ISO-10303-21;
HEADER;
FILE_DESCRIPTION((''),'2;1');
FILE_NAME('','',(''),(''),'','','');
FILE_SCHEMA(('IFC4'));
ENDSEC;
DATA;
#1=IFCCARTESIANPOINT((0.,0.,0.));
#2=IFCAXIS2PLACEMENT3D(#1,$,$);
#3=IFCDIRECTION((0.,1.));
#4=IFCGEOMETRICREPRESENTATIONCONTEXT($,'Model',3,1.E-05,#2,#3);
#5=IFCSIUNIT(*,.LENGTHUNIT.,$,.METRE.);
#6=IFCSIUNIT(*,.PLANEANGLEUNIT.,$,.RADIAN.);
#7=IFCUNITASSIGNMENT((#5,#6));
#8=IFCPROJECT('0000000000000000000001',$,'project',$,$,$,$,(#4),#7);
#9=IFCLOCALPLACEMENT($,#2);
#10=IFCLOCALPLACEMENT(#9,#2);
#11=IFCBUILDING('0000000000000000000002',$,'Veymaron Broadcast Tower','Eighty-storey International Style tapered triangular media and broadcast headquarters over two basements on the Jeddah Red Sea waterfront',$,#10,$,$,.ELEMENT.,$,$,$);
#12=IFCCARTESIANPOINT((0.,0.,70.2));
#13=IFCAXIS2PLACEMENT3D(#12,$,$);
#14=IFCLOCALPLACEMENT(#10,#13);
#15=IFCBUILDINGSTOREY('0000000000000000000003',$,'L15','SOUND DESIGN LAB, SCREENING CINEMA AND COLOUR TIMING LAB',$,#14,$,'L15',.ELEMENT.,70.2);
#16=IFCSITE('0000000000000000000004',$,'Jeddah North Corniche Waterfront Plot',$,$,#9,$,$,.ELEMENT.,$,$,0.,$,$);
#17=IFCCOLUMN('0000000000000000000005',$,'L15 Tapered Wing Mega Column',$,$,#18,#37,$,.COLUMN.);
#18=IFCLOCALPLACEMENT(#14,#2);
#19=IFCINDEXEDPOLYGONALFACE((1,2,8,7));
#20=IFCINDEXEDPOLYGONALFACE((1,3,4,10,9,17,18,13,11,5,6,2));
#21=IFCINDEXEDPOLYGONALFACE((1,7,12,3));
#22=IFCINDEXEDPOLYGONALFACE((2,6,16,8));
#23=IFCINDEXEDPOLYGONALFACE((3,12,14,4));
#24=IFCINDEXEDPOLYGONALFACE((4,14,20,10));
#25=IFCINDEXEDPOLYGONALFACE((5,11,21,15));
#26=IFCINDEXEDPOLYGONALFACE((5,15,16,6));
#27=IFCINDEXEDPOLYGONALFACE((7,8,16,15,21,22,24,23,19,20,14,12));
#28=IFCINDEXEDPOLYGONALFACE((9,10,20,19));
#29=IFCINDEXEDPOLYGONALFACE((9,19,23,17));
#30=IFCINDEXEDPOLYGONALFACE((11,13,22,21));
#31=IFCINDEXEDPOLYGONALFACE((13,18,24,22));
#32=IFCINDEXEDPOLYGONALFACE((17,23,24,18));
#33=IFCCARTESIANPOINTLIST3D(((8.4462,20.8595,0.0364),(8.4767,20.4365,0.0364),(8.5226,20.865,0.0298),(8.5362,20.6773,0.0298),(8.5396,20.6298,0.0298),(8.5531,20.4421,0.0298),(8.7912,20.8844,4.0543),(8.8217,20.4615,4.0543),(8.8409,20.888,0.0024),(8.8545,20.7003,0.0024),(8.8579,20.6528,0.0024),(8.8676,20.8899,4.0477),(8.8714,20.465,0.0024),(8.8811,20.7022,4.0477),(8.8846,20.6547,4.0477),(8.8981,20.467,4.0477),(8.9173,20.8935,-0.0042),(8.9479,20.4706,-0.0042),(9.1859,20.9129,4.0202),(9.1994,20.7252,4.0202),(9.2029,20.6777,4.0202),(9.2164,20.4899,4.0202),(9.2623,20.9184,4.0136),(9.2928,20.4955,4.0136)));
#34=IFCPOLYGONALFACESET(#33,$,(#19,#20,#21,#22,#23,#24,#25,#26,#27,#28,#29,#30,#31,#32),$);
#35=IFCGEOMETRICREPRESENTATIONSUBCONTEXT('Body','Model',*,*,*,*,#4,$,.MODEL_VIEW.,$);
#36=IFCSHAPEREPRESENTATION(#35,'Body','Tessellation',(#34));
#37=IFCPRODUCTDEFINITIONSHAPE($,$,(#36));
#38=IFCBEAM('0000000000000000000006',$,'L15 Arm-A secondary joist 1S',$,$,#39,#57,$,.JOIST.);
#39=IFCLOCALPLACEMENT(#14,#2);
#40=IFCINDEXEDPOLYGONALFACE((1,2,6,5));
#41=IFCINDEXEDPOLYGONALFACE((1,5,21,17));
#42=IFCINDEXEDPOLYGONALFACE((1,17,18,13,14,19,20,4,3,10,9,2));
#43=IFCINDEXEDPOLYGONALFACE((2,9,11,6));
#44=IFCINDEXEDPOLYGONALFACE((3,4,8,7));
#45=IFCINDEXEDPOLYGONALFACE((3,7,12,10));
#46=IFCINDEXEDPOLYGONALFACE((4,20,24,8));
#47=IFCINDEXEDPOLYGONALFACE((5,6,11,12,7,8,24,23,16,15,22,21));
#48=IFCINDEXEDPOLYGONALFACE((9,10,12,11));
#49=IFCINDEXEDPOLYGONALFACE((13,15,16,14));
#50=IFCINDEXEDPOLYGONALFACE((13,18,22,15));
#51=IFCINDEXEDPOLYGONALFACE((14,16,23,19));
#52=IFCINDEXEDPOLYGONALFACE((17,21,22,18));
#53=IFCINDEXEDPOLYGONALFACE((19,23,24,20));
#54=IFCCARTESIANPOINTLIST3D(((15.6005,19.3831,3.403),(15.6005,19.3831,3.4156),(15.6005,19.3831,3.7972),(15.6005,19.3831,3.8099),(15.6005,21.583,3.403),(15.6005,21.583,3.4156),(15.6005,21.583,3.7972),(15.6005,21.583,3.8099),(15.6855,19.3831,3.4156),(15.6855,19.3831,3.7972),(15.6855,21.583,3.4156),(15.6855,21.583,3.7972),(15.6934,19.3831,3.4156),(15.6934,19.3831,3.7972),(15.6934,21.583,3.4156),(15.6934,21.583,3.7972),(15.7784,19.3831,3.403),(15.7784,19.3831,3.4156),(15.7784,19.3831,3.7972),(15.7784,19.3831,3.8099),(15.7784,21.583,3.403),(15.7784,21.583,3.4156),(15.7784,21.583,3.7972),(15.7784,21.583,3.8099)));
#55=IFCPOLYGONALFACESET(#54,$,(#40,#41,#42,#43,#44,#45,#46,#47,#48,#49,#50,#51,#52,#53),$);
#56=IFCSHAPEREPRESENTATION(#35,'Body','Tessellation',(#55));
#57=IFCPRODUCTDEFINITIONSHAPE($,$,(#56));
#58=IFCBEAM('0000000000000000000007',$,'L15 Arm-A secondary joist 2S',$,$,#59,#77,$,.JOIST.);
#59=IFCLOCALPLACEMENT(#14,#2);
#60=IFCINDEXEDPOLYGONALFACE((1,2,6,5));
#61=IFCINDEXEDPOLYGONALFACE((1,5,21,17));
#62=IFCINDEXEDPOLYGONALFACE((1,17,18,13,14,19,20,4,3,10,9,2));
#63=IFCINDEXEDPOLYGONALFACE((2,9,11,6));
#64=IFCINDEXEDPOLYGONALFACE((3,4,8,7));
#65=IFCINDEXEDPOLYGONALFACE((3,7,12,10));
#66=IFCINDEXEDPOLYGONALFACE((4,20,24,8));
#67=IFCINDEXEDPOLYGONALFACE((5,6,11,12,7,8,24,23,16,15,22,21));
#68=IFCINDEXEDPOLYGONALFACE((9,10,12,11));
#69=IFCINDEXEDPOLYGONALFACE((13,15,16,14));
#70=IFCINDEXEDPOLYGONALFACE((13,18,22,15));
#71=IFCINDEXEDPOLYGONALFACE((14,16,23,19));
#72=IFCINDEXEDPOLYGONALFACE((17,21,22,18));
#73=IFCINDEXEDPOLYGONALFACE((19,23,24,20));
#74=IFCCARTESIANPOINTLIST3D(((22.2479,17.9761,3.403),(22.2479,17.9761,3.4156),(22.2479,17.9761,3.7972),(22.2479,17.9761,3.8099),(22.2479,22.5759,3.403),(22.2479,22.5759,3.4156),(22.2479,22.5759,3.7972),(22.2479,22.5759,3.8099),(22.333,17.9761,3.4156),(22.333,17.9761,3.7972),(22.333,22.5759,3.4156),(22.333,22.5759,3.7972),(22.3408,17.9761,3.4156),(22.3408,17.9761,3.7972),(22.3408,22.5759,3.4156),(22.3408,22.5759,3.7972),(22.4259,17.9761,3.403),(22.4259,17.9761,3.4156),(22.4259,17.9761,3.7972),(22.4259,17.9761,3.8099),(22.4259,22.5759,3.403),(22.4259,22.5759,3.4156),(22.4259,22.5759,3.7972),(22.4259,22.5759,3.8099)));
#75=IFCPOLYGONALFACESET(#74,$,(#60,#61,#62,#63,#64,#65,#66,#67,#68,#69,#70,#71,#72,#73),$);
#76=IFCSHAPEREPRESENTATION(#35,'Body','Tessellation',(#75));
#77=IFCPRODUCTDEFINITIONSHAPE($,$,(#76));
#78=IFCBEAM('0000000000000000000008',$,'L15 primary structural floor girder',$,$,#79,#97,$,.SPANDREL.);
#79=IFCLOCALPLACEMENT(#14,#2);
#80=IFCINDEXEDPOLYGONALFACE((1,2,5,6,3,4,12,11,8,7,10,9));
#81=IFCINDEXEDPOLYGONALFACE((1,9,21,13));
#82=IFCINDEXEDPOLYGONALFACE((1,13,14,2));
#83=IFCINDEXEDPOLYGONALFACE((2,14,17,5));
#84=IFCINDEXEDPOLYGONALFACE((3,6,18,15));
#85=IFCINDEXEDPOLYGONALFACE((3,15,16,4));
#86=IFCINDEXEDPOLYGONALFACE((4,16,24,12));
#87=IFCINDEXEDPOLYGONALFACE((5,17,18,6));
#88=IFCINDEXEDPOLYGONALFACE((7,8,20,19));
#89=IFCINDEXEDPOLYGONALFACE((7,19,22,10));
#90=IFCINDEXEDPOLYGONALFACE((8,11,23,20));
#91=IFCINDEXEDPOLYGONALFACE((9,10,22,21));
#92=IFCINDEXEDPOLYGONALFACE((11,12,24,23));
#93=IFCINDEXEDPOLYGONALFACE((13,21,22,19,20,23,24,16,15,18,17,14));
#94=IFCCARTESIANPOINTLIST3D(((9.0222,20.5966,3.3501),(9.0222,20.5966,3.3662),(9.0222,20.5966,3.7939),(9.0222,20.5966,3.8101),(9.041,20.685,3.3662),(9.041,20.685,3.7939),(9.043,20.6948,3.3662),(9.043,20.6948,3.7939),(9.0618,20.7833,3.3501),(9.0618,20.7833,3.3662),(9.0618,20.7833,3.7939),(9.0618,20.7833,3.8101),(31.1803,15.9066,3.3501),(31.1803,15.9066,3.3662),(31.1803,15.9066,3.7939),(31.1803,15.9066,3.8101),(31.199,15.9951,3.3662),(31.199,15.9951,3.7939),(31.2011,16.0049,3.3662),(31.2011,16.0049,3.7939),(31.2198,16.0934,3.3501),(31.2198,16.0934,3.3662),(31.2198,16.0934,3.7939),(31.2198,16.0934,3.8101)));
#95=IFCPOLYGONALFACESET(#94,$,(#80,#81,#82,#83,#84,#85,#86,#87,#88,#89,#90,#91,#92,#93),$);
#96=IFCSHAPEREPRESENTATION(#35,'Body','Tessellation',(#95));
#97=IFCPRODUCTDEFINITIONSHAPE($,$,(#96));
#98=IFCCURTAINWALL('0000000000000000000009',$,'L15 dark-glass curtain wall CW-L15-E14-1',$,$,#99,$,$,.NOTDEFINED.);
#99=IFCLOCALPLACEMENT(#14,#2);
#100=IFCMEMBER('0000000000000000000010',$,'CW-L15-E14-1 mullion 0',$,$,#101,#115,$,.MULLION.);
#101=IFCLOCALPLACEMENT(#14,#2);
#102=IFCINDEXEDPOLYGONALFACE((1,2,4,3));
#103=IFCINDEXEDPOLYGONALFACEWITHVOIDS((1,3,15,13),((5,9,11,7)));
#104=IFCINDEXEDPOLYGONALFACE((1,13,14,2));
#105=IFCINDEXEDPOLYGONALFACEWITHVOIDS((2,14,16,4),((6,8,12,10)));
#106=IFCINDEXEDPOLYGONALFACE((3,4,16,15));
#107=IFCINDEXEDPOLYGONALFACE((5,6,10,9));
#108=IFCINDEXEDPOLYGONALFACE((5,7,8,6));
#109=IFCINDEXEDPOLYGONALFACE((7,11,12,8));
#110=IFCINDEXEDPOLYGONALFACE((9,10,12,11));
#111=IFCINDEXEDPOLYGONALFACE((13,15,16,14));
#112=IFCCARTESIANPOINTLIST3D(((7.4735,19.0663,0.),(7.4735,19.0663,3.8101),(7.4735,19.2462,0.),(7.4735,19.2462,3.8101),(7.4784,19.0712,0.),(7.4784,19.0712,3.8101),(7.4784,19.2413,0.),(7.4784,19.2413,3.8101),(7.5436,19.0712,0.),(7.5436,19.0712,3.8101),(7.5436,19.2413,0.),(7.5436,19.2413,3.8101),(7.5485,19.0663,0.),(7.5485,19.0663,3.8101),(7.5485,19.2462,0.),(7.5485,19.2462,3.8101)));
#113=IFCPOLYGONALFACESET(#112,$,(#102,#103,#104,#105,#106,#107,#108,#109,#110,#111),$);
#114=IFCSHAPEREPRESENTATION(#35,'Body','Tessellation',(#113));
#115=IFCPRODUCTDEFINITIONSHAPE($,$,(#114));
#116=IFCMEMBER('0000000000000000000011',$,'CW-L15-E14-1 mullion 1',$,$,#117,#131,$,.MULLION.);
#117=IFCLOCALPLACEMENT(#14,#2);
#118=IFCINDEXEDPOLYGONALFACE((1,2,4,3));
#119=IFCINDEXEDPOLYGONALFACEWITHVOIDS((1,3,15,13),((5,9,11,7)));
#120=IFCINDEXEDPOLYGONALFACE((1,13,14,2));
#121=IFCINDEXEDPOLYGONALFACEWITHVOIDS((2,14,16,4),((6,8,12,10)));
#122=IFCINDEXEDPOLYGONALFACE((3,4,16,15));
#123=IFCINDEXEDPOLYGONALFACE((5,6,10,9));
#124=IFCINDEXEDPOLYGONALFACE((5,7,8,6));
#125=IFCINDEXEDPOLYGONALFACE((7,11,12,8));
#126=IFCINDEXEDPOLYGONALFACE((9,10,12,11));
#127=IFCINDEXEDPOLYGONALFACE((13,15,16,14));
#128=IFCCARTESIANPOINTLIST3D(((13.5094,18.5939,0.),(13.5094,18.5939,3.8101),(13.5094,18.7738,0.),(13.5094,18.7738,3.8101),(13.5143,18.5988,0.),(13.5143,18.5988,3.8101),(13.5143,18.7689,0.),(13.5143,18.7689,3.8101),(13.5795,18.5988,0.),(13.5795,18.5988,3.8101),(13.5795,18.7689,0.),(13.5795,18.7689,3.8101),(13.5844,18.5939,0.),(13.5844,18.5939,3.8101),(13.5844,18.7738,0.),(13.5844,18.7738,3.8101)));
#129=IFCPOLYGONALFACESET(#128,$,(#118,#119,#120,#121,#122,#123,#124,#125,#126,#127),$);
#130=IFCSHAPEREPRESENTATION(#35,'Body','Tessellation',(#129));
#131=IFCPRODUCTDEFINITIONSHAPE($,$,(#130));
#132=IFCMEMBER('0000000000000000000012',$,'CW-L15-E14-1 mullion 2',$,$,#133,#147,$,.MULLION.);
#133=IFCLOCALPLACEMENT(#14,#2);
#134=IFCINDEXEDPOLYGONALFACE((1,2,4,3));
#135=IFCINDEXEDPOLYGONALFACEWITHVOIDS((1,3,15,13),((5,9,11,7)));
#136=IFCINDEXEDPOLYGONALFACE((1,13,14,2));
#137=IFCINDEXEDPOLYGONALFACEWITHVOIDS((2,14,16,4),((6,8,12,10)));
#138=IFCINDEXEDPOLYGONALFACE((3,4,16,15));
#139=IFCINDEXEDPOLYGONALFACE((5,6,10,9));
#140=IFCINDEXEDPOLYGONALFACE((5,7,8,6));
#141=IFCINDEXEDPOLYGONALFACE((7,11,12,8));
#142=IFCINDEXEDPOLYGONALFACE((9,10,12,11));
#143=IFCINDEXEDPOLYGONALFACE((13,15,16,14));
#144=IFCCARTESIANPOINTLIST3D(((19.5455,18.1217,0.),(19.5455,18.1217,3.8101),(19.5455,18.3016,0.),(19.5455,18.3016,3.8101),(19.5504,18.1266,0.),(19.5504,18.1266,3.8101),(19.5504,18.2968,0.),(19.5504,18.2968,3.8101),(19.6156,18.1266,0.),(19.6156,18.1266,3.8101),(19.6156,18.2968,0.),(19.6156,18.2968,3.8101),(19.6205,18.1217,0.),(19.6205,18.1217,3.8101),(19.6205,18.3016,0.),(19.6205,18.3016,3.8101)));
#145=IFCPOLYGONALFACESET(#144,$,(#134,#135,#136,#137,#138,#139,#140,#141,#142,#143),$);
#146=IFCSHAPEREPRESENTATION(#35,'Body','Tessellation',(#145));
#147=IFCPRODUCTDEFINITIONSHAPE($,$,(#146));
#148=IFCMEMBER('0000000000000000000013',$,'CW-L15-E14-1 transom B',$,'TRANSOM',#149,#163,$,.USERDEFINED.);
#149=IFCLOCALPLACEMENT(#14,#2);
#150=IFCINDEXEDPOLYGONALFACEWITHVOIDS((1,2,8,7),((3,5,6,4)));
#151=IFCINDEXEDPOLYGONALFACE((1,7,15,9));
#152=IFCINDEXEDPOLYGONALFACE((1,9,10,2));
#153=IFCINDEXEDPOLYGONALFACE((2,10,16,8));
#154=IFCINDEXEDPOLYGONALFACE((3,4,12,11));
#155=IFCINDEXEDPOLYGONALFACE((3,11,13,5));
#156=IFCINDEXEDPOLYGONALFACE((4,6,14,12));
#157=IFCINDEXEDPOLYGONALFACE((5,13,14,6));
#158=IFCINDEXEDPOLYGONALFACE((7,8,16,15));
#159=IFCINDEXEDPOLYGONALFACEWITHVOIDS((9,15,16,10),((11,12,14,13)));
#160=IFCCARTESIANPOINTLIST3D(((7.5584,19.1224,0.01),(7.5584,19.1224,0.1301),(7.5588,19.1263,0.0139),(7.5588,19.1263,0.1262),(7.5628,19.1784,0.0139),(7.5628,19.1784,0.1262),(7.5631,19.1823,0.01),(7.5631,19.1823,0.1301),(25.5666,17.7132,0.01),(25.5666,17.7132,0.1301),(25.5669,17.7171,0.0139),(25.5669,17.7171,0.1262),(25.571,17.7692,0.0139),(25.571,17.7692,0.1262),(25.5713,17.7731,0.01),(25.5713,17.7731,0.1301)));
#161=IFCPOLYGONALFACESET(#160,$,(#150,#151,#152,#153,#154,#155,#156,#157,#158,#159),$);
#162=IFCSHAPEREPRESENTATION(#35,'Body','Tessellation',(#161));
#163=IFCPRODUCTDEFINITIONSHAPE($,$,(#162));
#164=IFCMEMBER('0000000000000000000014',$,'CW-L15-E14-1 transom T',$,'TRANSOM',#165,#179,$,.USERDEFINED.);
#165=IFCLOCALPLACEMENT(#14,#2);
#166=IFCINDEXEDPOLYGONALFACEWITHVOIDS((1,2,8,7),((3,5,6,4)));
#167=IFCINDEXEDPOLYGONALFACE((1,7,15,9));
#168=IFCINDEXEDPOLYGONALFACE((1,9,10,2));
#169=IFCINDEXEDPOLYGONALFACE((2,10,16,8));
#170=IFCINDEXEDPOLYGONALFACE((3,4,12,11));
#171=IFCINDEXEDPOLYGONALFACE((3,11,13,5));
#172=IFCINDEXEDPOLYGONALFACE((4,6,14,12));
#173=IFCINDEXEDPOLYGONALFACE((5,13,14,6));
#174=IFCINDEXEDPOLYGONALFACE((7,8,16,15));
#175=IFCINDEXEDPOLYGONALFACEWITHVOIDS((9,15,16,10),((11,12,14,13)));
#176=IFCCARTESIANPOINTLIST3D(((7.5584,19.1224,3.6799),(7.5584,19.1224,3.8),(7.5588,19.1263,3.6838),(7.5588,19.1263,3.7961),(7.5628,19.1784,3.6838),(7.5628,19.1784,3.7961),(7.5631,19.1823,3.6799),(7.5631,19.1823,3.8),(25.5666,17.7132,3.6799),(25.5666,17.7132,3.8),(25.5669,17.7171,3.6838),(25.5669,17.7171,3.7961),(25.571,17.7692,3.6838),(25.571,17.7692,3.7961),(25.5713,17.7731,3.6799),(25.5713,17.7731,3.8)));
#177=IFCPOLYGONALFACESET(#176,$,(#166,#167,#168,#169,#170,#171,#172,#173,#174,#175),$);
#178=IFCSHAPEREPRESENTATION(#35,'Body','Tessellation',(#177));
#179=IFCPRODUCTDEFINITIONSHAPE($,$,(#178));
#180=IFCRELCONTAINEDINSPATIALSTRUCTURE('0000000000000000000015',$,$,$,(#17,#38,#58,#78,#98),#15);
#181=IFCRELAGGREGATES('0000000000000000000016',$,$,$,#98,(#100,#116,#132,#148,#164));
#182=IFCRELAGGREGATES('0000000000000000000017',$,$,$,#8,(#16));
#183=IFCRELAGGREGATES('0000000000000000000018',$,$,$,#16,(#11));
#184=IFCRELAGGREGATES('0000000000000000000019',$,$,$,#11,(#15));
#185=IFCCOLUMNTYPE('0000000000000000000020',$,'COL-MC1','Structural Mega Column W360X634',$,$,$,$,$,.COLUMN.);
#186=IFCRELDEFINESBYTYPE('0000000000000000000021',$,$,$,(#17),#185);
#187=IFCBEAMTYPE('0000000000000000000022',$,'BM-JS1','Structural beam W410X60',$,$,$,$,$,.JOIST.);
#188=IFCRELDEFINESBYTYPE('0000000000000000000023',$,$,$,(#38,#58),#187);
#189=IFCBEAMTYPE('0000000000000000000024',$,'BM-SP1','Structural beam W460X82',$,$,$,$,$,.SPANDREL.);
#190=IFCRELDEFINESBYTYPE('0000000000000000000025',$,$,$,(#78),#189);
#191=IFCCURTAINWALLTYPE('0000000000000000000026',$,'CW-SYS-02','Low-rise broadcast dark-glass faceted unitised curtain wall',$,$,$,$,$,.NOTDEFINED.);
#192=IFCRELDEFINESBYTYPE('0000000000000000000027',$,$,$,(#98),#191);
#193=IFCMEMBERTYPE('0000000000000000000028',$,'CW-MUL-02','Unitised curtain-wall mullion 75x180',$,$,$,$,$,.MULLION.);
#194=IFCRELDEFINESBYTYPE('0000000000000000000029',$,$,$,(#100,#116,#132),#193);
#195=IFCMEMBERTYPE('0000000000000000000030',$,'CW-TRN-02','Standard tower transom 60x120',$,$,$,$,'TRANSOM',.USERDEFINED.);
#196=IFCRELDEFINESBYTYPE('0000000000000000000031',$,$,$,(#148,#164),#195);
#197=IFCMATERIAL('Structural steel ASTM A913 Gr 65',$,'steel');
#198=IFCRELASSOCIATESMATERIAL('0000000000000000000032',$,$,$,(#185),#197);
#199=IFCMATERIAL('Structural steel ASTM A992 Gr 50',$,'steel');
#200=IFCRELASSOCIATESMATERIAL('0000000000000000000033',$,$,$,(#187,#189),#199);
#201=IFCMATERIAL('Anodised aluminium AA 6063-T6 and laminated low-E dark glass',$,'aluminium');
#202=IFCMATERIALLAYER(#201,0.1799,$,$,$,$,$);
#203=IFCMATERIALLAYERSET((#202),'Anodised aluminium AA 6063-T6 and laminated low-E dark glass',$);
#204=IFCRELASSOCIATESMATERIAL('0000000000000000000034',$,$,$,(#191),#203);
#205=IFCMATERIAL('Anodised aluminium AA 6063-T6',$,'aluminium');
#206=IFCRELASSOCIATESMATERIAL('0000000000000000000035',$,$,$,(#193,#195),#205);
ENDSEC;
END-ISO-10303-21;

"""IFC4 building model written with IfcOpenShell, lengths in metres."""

from ifc_helpers import new_model, si_unit, direction, frame, origin, origin_2d, place, context, subcontext, project, spatial, hollow_rectangle, i_section, extrude, material, layer, layer_set, material_profile, profile_set, type_object, element, aggregate, save


model = new_model("IFC4")

# Units and contexts
model_context = context("Model", 3, precision=1e-05, world=origin(), true_north=direction((0.0, 1.0)))
body_context = subcontext(model_context, "Body", "Model", "MODEL_VIEW")
ifc_project = project(units=[si_unit("LENGTHUNIT", "METRE"), si_unit("PLANEANGLEUNIT", "RADIAN")], contexts=[model_context])

# Site, building, storey
site_placement = place(None, origin())
site = spatial("IfcSite", under=ifc_project, at=site_placement, Name="Jeddah North Corniche Waterfront Plot", CompositionType="ELEMENT", RefElevation=0.0)
building_placement = place(site_placement, origin())
building = spatial("IfcBuilding", under=site, at=building_placement, Name="Veymaron Broadcast Tower", Description="Eighty-storey International Style tapered triangular media and broadcast headquarters over two basements on the Jeddah Red Sea waterfront", CompositionType="ELEMENT")
storey_placement = place(building_placement, frame((0.0, 0.0, 70.2)))
storey = spatial("IfcBuildingStorey", under=building, at=storey_placement, Name="L15", Description="SOUND DESIGN LAB, SCREENING CINEMA AND COLOUR TIMING LAB", LongName="L15", CompositionType="ELEMENT", Elevation=70.2)

# Column
ifc_material_1 = material(Name="Structural steel ASTM A913 Gr 65", Category="steel")
ifc_material_profile_1 = material_profile(ifc_material_1, i_section(OverallWidth=0.4241, OverallDepth=0.4741, WebThickness=0.0476, FlangeThickness=0.0769, at=origin_2d()), Name="W360X634")
ifc_profile_set_1 = profile_set([ifc_material_profile_1], Name="Structural steel ASTM A913 Gr 65")
column_type = type_object("IfcColumnType", Name="COL-MC1", Description="Structural Mega Column W360X634", PredefinedType="COLUMN", material=ifc_profile_set_1)
column_placement = place(storey_placement, frame((8.697, 20.665, 0.0161), z_axis=(0.085544, 0.006175, 0.996315), x_axis=(-0.071999, 0.997405, 0.0)))
element("IfcColumn", 1, at=column_placement, inside=storey, type_object=column_type, Name="L15 Tapered Wing Mega Column", PredefinedType="COLUMN", context=body_context, shape_type="SweptSolid", body=[
    extrude(i_section(OverallWidth=0.4241, OverallDepth=0.4741, WebThickness=0.0476, FlangeThickness=0.0769, at=origin_2d()), origin(), (0.0, 0.0, 1.0), 4.0327),
])

# Beams
ifc_material_2 = material(Name="Structural steel ASTM A992 Gr 50", Category="steel")
ifc_material_profile_2 = material_profile(ifc_material_2, i_section(OverallWidth=0.178, OverallDepth=0.407, WebThickness=0.0078, FlangeThickness=0.0127, at=origin_2d()), Name="W410X60")
ifc_profile_set_2 = profile_set([ifc_material_profile_2], Name="Structural steel ASTM A992 Gr 50")
beam_type_1 = type_object("IfcBeamType", Name="BM-JS1", Description="Structural beam W410X60", PredefinedType="JOIST", material=ifc_profile_set_2)
beam_1_placement = place(storey_placement, frame((15.6895, 19.3831, 3.6064), z_axis=(0.0, 1.0, 0.0), x_axis=(-1.0, 0.0, 0.0)))
element("IfcBeam", 2, at=beam_1_placement, inside=storey, type_object=beam_type_1, Name="L15 Arm-A secondary joist 1S", PredefinedType="JOIST", context=body_context, shape_type="SweptSolid", body=[
    extrude(i_section(OverallWidth=0.178, OverallDepth=0.407, WebThickness=0.0078, FlangeThickness=0.0127, at=origin_2d()), origin(), (0.0, 0.0, 1.0), 2.2),
])
beam_2_placement = place(storey_placement, frame((22.3369, 17.9761, 3.6064), z_axis=(0.0, 1.0, 0.0), x_axis=(-1.0, 0.0, 0.0)))
element("IfcBeam", 3, at=beam_2_placement, inside=storey, type_object=beam_type_1, Name="L15 Arm-A secondary joist 2S", PredefinedType="JOIST", context=body_context, shape_type="SweptSolid", body=[
    extrude(i_section(OverallWidth=0.178, OverallDepth=0.407, WebThickness=0.0078, FlangeThickness=0.0127, at=origin_2d()), origin(), (0.0, 0.0, 1.0), 4.5999),
])
ifc_material_profile_3 = material_profile(ifc_material_2, i_section(OverallWidth=0.1909, OverallDepth=0.46, WebThickness=0.01, FlangeThickness=0.0161, at=origin_2d()), Name="W460X82")
ifc_profile_set_3 = profile_set([ifc_material_profile_3], Name="Structural steel ASTM A992 Gr 50")
beam_type_2 = type_object("IfcBeamType", Name="BM-SP1", Description="Structural beam W460X82", PredefinedType="SPANDREL", material=ifc_profile_set_3)
beam_3_placement = place(storey_placement, frame((9.042, 20.6899, 3.5801), z_axis=(0.978326, -0.207072, 0.0), x_axis=(0.207072, 0.978326, 0.0)))
element("IfcBeam", 4, at=beam_3_placement, inside=storey, type_object=beam_type_2, Name="L15 primary structural floor girder", PredefinedType="SPANDREL", context=body_context, shape_type="SweptSolid", body=[
    extrude(i_section(OverallWidth=0.1909, OverallDepth=0.46, WebThickness=0.01, FlangeThickness=0.0161, at=origin_2d()), origin(), (0.0, 0.0, 1.0), 22.6489),
])

# Curtain wall, members
ifc_material_3 = material(Name="Anodised aluminium AA 6063-T6 and laminated low-E dark glass", Category="aluminium")
ifc_layer_1 = layer(ifc_material_3, 0.1799)
ifc_layer_set_1 = layer_set([ifc_layer_1], Name="Anodised aluminium AA 6063-T6 and laminated low-E dark glass")
curtain_wall_type = type_object("IfcCurtainWallType", Name="CW-SYS-02", Description="Low-rise broadcast dark-glass faceted unitised curtain wall", PredefinedType="NOTDEFINED", material=ifc_layer_set_1)
curtain_wall_placement = place(storey_placement, origin())
curtain_wall = element("IfcCurtainWall", 5, at=curtain_wall_placement, inside=storey, type_object=curtain_wall_type, Name="L15 dark-glass curtain wall CW-L15-E14-1", PredefinedType="NOTDEFINED")
ifc_material_4 = material(Name="Anodised aluminium AA 6063-T6", Category="aluminium")
ifc_material_profile_4 = material_profile(ifc_material_4, hollow_rectangle(XDim=0.075, YDim=0.1799, WallThickness=0.0049, at=origin_2d()), Name="AL180X75X5")
ifc_profile_set_4 = profile_set([ifc_material_profile_4], Name="Anodised aluminium AA 6063-T6")
member_type_1 = type_object("IfcMemberType", Name="CW-MUL-02", Description="Unitised curtain-wall mullion 75x180", PredefinedType="MULLION", material=ifc_profile_set_4)
member_1_placement = place(storey_placement, frame((7.511, 19.1562, 0.0), z_axis=(0.0, 0.0, 1.0), x_axis=(1.0, 0.0, 0.0)))
member_1 = element("IfcMember", 6, at=member_1_placement, type_object=member_type_1, Name="CW-L15-E14-1 mullion 0", PredefinedType="MULLION", context=body_context, shape_type="SweptSolid", body=[
    extrude(hollow_rectangle(XDim=0.075, YDim=0.1799, WallThickness=0.0049, at=origin_2d()), origin(), (0.0, 0.0, 1.0), 3.8101),
])
member_2_placement = place(storey_placement, frame((13.5469, 18.6838, 0.0), z_axis=(0.0, 0.0, 1.0), x_axis=(1.0, 0.0, 0.0)))
member_2 = element("IfcMember", 7, at=member_2_placement, type_object=member_type_1, Name="CW-L15-E14-1 mullion 1", PredefinedType="MULLION", context=body_context, shape_type="SweptSolid", body=[
    extrude(hollow_rectangle(XDim=0.075, YDim=0.1799, WallThickness=0.0049, at=origin_2d()), origin(), (0.0, 0.0, 1.0), 3.8101),
])
member_3_placement = place(storey_placement, frame((19.583, 18.2117, 0.0), z_axis=(0.0, 0.0, 1.0), x_axis=(1.0, 0.0, 0.0)))
member_3 = element("IfcMember", 8, at=member_3_placement, type_object=member_type_1, Name="CW-L15-E14-1 mullion 2", PredefinedType="MULLION", context=body_context, shape_type="SweptSolid", body=[
    extrude(hollow_rectangle(XDim=0.075, YDim=0.1799, WallThickness=0.0049, at=origin_2d()), origin(), (0.0, 0.0, 1.0), 3.8101),
])
ifc_material_profile_5 = material_profile(ifc_material_4, hollow_rectangle(XDim=0.0601, YDim=0.1201, WallThickness=0.0039, at=origin_2d()), Name="AL120X60X4")
ifc_profile_set_5 = profile_set([ifc_material_profile_5], Name="Anodised aluminium AA 6063-T6")
member_type_2 = type_object("IfcMemberType", Name="CW-TRN-02", Description="Standard tower transom 60x120", ElementType="TRANSOM", PredefinedType="USERDEFINED", material=ifc_profile_set_5)
member_4_placement = place(storey_placement, frame((7.5608, 19.1523, 0.0701), z_axis=(0.996952, -0.078013, 0.0), x_axis=(0.078013, 0.996952, 0.0)))
member_4 = element("IfcMember", 9, at=member_4_placement, type_object=member_type_2, Name="CW-L15-E14-1 transom B", ObjectType="TRANSOM", PredefinedType="USERDEFINED", context=body_context, shape_type="SweptSolid", body=[
    extrude(hollow_rectangle(XDim=0.0601, YDim=0.1201, WallThickness=0.0039, at=origin_2d()), origin(), (0.0, 0.0, 1.0), 18.0632),
])
member_5_placement = place(storey_placement, frame((7.5608, 19.1523, 3.74), z_axis=(0.996952, -0.078013, 0.0), x_axis=(0.078013, 0.996952, 0.0)))
member_5 = element("IfcMember", 10, at=member_5_placement, type_object=member_type_2, Name="CW-L15-E14-1 transom T", ObjectType="TRANSOM", PredefinedType="USERDEFINED", context=body_context, shape_type="SweptSolid", body=[
    extrude(hollow_rectangle(XDim=0.0601, YDim=0.1201, WallThickness=0.0039, at=origin_2d()), origin(), (0.0, 0.0, 1.0), 18.0632),
])
aggregate(curtain_wall, [member_1, member_2, member_3, member_4, member_5])

save(model, "model.ifc")
